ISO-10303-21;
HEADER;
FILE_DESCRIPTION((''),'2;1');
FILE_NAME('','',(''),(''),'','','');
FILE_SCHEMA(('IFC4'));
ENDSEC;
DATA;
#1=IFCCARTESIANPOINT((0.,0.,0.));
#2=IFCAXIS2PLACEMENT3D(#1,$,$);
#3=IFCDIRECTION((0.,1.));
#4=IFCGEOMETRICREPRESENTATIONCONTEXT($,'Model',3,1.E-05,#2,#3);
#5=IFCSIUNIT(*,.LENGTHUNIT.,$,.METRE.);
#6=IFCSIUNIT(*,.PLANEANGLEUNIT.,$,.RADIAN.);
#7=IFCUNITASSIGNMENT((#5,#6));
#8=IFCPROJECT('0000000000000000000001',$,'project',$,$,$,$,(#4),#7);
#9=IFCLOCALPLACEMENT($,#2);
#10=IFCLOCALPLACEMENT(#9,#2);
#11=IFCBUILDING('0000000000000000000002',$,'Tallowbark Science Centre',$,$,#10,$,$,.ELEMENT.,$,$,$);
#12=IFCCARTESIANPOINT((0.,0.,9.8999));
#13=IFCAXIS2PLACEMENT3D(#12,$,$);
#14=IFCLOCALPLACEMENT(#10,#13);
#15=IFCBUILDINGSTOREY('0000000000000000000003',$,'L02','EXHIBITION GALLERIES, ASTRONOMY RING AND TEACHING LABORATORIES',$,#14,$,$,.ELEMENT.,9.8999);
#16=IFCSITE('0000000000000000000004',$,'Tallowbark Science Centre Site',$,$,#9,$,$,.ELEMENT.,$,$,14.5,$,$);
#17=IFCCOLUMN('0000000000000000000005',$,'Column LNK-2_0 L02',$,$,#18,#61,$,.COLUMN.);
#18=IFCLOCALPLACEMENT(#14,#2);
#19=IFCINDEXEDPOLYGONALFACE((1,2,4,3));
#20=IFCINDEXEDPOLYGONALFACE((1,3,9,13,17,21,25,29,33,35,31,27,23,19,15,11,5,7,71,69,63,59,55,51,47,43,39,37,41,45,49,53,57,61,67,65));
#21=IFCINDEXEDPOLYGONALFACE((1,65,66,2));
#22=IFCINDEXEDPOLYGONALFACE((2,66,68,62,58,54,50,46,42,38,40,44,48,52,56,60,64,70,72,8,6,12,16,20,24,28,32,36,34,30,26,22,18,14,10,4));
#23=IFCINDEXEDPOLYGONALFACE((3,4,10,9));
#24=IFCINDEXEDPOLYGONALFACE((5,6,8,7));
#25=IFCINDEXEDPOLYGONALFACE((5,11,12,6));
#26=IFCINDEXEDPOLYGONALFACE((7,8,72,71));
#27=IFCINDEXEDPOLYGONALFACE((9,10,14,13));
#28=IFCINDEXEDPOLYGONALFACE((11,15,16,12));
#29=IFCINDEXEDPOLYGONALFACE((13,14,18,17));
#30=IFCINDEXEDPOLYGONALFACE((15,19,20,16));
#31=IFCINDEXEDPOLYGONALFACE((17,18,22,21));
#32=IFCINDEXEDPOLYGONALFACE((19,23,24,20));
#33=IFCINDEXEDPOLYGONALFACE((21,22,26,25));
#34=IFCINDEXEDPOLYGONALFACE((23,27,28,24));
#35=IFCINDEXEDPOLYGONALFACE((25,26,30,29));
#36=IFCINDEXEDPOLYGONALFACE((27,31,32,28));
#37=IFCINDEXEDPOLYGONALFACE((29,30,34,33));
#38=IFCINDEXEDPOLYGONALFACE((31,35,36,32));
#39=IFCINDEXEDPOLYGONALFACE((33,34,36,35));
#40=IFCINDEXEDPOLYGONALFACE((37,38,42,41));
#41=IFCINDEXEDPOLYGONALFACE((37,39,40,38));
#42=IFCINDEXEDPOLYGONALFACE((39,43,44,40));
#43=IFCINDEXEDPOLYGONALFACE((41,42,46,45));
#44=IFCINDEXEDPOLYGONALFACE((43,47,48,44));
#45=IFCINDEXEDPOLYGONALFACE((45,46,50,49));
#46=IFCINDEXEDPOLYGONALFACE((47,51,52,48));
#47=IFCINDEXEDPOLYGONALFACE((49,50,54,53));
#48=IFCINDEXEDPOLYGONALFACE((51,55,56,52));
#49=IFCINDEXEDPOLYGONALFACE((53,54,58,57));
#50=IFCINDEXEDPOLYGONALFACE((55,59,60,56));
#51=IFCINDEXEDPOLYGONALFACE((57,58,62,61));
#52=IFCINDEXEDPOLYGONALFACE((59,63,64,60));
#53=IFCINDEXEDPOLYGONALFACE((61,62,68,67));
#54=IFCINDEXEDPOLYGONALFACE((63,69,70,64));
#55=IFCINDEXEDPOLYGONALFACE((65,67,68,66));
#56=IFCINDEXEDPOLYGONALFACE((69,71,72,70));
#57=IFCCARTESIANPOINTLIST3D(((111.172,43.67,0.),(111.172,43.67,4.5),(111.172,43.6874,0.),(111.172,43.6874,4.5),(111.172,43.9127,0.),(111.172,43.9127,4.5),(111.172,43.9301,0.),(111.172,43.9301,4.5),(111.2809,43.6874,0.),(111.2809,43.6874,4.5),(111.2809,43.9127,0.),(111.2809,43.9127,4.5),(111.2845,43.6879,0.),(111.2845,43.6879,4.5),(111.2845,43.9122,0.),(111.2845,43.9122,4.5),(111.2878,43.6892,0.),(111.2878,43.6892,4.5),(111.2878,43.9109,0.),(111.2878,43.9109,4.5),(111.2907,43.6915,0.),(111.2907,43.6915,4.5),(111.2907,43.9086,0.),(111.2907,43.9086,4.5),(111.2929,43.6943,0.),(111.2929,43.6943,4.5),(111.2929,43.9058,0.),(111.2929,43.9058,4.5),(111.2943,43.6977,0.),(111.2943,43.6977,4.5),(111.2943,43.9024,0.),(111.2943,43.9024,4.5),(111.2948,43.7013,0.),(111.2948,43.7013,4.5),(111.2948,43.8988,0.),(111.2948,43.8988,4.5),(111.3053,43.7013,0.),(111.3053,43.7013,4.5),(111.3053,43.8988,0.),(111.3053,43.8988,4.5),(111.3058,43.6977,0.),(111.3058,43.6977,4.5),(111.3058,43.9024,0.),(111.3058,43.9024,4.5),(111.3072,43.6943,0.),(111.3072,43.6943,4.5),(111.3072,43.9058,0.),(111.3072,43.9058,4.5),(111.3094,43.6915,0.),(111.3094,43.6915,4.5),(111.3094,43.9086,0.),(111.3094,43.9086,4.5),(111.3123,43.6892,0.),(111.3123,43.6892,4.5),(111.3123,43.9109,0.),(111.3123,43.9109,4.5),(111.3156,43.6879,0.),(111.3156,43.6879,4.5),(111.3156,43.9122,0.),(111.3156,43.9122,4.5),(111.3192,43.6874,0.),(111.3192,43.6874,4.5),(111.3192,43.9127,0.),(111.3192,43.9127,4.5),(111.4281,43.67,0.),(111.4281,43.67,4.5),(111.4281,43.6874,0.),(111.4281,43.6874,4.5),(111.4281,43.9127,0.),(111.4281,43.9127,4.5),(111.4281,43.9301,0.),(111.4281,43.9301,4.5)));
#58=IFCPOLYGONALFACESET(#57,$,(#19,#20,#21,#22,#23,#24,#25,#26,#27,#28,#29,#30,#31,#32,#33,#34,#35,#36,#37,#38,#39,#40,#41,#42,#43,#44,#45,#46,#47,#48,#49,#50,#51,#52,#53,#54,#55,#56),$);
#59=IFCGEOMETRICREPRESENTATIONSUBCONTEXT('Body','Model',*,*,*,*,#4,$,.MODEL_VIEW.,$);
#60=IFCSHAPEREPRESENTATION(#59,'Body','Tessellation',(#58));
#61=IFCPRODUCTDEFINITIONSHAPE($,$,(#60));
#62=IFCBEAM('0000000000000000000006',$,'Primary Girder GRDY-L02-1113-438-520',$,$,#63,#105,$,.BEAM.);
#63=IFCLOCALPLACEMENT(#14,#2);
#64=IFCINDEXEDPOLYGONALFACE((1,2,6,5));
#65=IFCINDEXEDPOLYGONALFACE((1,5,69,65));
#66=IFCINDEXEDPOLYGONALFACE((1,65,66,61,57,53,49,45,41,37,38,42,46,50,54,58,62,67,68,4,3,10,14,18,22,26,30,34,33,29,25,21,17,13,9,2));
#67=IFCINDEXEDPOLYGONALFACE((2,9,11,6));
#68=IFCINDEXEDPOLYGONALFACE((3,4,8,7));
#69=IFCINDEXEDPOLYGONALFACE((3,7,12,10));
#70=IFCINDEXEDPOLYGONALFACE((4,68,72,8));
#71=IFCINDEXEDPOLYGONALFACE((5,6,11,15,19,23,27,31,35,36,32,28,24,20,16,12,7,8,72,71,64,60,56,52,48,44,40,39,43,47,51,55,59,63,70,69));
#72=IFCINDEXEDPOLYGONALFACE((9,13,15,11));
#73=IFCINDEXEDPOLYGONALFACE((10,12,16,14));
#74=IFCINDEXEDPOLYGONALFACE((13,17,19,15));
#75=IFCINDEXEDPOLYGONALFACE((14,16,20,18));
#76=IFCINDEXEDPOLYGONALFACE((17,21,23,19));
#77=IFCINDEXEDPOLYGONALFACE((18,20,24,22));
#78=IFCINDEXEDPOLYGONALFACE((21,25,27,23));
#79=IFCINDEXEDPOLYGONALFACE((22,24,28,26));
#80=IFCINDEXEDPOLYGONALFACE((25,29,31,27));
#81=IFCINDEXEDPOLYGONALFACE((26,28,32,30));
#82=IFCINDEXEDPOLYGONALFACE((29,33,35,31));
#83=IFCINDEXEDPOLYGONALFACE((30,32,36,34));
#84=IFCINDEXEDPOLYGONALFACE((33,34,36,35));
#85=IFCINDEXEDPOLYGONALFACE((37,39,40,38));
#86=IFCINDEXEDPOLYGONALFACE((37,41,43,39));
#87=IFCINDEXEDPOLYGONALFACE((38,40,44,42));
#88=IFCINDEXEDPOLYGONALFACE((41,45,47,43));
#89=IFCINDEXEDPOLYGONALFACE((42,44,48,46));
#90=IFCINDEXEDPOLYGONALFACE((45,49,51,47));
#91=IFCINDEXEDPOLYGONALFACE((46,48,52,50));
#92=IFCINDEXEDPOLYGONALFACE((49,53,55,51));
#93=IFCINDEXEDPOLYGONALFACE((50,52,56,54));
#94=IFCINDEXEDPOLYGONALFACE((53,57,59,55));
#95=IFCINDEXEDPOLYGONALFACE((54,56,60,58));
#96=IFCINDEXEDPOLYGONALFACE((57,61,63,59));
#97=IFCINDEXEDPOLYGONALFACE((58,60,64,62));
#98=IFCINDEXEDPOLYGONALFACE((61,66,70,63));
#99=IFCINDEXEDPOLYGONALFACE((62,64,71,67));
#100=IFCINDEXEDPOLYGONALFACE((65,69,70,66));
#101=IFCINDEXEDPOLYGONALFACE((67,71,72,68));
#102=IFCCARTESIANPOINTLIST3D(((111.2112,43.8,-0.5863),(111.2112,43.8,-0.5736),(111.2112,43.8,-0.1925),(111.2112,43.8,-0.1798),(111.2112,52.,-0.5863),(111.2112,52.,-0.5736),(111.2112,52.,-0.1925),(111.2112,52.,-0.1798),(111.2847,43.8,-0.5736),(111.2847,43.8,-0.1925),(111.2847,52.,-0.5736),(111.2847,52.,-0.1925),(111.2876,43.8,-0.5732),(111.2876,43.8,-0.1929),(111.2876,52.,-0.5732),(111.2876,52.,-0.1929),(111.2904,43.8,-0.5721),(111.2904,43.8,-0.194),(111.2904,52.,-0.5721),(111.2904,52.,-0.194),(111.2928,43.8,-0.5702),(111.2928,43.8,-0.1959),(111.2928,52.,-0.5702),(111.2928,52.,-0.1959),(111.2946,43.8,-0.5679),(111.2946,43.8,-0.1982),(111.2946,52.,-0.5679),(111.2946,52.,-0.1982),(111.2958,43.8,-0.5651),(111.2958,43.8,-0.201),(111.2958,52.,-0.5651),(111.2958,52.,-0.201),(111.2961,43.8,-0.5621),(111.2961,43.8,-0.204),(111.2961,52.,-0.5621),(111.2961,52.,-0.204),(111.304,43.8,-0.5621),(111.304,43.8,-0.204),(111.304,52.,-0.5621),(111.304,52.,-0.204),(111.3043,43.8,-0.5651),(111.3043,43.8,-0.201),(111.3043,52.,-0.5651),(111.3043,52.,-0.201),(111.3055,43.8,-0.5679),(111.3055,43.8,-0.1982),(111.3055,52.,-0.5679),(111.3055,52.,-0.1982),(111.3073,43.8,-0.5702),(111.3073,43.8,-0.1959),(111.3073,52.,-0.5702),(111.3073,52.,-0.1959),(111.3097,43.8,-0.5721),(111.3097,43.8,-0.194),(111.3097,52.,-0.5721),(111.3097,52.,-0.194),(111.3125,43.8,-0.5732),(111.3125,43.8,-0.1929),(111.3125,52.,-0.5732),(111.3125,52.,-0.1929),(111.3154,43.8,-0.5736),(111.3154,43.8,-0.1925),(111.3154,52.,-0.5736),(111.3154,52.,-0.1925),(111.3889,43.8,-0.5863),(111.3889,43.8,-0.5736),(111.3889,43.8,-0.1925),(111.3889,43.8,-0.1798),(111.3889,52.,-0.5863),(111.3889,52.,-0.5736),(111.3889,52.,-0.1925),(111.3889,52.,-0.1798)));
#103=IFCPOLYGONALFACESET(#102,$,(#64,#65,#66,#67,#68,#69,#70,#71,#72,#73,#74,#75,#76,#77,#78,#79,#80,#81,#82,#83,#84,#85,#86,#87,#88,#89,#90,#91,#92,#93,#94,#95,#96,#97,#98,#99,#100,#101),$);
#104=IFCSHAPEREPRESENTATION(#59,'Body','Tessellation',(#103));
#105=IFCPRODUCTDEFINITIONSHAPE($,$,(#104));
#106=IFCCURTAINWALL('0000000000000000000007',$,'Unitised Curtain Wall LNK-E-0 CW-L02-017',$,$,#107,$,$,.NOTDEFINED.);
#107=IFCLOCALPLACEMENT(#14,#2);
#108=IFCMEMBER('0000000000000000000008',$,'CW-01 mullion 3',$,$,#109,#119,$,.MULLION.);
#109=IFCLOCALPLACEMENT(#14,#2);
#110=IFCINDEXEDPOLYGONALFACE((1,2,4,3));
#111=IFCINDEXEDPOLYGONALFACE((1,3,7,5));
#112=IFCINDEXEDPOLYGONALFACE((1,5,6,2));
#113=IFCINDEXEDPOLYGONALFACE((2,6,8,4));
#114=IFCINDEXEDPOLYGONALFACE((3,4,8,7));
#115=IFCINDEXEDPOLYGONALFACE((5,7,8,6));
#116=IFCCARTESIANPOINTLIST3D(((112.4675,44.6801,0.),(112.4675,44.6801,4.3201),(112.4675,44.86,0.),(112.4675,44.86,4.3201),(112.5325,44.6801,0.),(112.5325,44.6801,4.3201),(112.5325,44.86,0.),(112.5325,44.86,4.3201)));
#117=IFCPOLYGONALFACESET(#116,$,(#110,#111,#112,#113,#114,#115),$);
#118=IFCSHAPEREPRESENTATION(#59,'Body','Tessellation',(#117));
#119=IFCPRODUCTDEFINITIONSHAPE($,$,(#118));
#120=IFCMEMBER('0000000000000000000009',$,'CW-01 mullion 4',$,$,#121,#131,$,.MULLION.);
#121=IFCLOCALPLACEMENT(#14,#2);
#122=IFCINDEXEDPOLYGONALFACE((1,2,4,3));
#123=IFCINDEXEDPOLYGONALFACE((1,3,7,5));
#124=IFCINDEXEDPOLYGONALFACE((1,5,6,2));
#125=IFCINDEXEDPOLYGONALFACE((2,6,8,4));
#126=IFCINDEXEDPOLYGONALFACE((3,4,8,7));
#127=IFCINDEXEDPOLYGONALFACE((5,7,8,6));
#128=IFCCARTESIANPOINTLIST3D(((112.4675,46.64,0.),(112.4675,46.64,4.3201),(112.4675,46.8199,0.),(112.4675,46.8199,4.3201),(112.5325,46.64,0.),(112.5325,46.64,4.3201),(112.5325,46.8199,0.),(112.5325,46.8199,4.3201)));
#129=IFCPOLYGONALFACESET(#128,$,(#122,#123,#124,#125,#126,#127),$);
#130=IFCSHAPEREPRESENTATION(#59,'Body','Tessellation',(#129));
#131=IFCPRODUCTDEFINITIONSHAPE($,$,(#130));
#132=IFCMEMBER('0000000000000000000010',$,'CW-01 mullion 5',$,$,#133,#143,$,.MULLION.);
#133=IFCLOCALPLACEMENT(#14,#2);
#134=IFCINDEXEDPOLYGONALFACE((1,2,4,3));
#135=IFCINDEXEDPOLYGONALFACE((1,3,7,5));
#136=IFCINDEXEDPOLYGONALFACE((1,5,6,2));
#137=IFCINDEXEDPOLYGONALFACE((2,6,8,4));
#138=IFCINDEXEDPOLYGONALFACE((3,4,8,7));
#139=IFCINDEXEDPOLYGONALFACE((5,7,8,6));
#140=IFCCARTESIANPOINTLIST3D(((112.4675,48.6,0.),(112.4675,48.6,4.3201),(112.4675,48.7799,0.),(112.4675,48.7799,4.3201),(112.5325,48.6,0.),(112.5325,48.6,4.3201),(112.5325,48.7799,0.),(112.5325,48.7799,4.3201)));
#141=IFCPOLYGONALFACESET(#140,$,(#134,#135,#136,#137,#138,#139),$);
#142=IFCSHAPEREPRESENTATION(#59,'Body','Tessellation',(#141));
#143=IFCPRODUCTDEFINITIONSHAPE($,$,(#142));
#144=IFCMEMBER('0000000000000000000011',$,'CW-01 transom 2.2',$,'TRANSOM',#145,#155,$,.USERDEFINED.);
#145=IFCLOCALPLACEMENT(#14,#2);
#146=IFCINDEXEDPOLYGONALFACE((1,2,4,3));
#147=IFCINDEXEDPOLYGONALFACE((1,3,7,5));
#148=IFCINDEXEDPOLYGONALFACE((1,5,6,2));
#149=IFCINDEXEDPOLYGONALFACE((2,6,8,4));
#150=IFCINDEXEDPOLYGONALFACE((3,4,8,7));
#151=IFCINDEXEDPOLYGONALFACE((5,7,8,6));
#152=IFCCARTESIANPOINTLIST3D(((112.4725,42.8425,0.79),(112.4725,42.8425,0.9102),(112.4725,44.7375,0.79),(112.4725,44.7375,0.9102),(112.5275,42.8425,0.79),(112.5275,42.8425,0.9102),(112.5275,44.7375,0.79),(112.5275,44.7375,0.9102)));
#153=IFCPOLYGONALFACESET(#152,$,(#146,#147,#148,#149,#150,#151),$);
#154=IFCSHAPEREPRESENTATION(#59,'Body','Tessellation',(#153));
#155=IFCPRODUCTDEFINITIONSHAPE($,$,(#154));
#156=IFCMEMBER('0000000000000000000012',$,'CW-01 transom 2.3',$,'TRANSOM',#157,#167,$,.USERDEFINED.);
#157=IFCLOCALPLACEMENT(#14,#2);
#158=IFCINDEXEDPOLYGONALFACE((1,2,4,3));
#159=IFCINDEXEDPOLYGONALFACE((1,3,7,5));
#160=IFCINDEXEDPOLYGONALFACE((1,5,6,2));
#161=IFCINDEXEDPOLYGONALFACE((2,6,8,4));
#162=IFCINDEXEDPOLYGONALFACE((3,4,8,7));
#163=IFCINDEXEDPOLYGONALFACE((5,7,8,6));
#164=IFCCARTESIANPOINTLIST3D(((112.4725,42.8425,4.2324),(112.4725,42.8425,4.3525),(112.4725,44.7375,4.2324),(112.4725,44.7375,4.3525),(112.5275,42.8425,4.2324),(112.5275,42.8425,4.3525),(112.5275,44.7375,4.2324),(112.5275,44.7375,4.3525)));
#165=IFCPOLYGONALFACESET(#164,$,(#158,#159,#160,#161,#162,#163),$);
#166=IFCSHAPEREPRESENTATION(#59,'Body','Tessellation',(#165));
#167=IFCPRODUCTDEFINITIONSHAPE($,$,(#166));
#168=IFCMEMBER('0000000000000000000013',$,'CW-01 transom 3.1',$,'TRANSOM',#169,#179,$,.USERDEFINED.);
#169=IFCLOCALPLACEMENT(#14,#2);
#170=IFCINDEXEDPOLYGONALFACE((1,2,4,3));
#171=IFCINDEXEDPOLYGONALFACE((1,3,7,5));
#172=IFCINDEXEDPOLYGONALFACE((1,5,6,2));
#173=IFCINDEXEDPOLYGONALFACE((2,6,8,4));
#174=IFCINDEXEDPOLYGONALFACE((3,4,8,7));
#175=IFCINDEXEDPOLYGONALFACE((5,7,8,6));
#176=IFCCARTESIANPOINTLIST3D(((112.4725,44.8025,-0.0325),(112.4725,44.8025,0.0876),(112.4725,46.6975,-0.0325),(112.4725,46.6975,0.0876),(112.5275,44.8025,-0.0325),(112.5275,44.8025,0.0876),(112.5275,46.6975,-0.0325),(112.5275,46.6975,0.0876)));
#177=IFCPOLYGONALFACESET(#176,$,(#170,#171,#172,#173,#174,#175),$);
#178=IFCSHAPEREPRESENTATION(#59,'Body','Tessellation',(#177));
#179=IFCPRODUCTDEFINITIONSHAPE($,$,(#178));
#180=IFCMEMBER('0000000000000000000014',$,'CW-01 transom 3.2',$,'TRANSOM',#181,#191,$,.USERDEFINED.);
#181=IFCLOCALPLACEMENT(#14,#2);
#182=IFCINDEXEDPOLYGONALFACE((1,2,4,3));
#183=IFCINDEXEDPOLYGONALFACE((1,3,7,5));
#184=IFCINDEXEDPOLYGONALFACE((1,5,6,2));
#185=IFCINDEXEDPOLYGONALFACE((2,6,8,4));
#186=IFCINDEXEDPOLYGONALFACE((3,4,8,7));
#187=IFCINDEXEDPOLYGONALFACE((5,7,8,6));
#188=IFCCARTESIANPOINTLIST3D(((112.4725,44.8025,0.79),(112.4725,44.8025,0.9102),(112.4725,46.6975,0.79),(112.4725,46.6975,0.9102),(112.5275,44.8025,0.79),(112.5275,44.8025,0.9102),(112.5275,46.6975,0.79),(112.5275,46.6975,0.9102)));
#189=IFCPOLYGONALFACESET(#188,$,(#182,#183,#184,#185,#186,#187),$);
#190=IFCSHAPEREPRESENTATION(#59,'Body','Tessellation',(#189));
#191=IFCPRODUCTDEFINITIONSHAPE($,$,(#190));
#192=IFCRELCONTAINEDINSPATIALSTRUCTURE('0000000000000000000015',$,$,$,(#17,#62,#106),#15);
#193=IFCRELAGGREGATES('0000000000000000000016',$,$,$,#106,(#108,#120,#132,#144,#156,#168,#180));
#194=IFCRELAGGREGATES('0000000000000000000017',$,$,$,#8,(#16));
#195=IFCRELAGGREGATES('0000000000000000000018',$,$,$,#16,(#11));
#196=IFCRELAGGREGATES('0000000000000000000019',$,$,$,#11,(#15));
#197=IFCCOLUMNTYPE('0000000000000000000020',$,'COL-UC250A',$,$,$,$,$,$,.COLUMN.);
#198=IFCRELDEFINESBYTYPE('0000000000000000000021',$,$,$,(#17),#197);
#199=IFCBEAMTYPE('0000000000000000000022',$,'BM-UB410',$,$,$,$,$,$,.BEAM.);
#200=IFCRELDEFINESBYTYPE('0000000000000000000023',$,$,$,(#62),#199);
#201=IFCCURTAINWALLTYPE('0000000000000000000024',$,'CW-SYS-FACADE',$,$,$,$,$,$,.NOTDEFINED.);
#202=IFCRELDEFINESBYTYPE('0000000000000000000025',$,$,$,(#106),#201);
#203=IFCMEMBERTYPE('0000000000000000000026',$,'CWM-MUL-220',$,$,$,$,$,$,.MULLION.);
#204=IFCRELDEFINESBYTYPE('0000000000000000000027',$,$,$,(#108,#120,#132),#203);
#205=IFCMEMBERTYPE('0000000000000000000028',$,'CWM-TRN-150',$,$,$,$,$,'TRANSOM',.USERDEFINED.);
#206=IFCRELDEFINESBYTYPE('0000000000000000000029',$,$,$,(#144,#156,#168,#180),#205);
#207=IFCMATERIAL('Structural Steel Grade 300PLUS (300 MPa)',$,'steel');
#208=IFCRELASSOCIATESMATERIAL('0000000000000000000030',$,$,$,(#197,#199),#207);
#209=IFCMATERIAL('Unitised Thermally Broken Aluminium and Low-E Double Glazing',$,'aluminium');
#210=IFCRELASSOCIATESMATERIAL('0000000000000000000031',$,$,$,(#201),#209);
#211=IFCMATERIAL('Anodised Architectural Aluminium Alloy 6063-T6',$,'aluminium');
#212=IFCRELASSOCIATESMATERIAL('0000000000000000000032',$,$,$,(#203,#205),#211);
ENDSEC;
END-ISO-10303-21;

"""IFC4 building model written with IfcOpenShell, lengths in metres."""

from ifc_helpers import new_model, si_unit, direction, frame, origin, origin_2d, place, context, subcontext, project, spatial, rectangle, i_section, extrude, material, material_profile, profile_set, type_object, element, aggregate, save


model = new_model("IFC4")

# Units and contexts
model_context = context("Model", 3, precision=1e-05, world=origin(), true_north=direction((0.0, 1.0)))
body_context = subcontext(model_context, "Body", "Model", "MODEL_VIEW")
ifc_project = project(units=[si_unit("LENGTHUNIT", "METRE"), si_unit("PLANEANGLEUNIT", "RADIAN")], contexts=[model_context])

# Site, building, storey
site_placement = place(None, origin())
site = spatial("IfcSite", under=ifc_project, at=site_placement, Name="Tallowbark Science Centre Site", CompositionType="ELEMENT", RefElevation=14.5)
building_placement = place(site_placement, origin())
building = spatial("IfcBuilding", under=site, at=building_placement, Name="Tallowbark Science Centre", CompositionType="ELEMENT")
storey_placement = place(building_placement, frame((0.0, 0.0, 9.8999)))
storey = spatial("IfcBuildingStorey", under=building, at=storey_placement, Name="L02", Description="EXHIBITION GALLERIES, ASTRONOMY RING AND TEACHING LABORATORIES", CompositionType="ELEMENT", Elevation=9.8999)

# Column
ifc_material_1 = material(Name="Structural Steel Grade 300PLUS (300 MPa)", Category="steel")
ifc_material_profile_1 = material_profile(ifc_material_1, i_section(OverallWidth=0.2561, OverallDepth=0.26, WebThickness=0.0105, FlangeThickness=0.0173, FilletRadius=0.0139, at=origin_2d()), Name="250UC89.5")
ifc_profile_set_1 = profile_set([ifc_material_profile_1], Name="Structural Steel Grade 300PLUS (300 MPa)")
column_type = type_object("IfcColumnType", Name="COL-UC250A", PredefinedType="COLUMN", material=ifc_profile_set_1)
column_placement = place(storey_placement, frame((111.3, 43.8, 0.0), z_axis=(0.0, 0.0, 1.0), x_axis=(1.0, 0.0, 0.0)))
element("IfcColumn", 1, at=column_placement, inside=storey, type_object=column_type, Name="Column LNK-2_0 L02", PredefinedType="COLUMN", context=body_context, shape_type="SweptSolid", body=[
    extrude(i_section(OverallWidth=0.2561, OverallDepth=0.26, WebThickness=0.0105, FlangeThickness=0.0173, FilletRadius=0.0139, at=origin_2d()), origin(), (0.0, 0.0, 1.0), 4.5),
])

# Beam
ifc_material_profile_2 = material_profile(ifc_material_1, i_section(OverallWidth=0.1777, OverallDepth=0.4065, WebThickness=0.0078, FlangeThickness=0.0127, FilletRadius=0.0115, at=origin_2d()), Name="410UB59.7")
ifc_profile_set_2 = profile_set([ifc_material_profile_2], Name="Structural Steel Grade 300PLUS (300 MPa)")
beam_type = type_object("IfcBeamType", Name="BM-UB410", PredefinedType="BEAM", material=ifc_profile_set_2)
beam_placement = place(storey_placement, frame((111.3, 43.8, -0.3831), z_axis=(0.0, 1.0, 0.0), x_axis=(-1.0, 0.0, 0.0)))
element("IfcBeam", 2, at=beam_placement, inside=storey, type_object=beam_type, Name="Primary Girder GRDY-L02-1113-438-520", PredefinedType="BEAM", context=body_context, shape_type="SweptSolid", body=[
    extrude(i_section(OverallWidth=0.1777, OverallDepth=0.4065, WebThickness=0.0078, FlangeThickness=0.0127, FilletRadius=0.0115, at=origin_2d()), origin(), (0.0, 0.0, 1.0), 8.2),
])

# Curtain wall, members
ifc_material_2 = material(Name="Unitised Thermally Broken Aluminium and Low-E Double Glazing", Category="aluminium")
curtain_wall_type = type_object("IfcCurtainWallType", Name="CW-SYS-FACADE", PredefinedType="NOTDEFINED", material=ifc_material_2)
curtain_wall_placement = place(storey_placement, origin())
curtain_wall = element("IfcCurtainWall", 3, at=curtain_wall_placement, inside=storey, type_object=curtain_wall_type, Name="Unitised Curtain Wall LNK-E-0 CW-L02-017", PredefinedType="NOTDEFINED")
ifc_material_3 = material(Name="Anodised Architectural Aluminium Alloy 6063-T6", Category="aluminium")
ifc_material_profile_3 = material_profile(ifc_material_3, rectangle(XDim=0.0649, YDim=0.1799, at=origin_2d()), Name="ALU65x180")
ifc_profile_set_3 = profile_set([ifc_material_profile_3], Name="Anodised Architectural Aluminium Alloy 6063-T6")
member_type_1 = type_object("IfcMemberType", Name="CWM-MUL-220", PredefinedType="MULLION", material=ifc_profile_set_3)
member_1_placement = place(storey_placement, frame((112.5, 44.77, 0.0), z_axis=(0.0, 0.0, 1.0), x_axis=(-1.0, 0.0, 0.0)))
member_1 = element("IfcMember", 4, at=member_1_placement, type_object=member_type_1, Name="CW-01 mullion 3", PredefinedType="MULLION", context=body_context, shape_type="SweptSolid", body=[
    extrude(rectangle(XDim=0.0649, YDim=0.1799, at=origin_2d()), origin(), (0.0, 0.0, 1.0), 4.3201),
])
member_2_placement = place(storey_placement, frame((112.5, 46.73, 0.0), z_axis=(0.0, 0.0, 1.0), x_axis=(-1.0, 0.0, 0.0)))
member_2 = element("IfcMember", 5, at=member_2_placement, type_object=member_type_1, Name="CW-01 mullion 4", PredefinedType="MULLION", context=body_context, shape_type="SweptSolid", body=[
    extrude(rectangle(XDim=0.0649, YDim=0.1799, at=origin_2d()), origin(), (0.0, 0.0, 1.0), 4.3201),
])
member_3_placement = place(storey_placement, frame((112.5, 48.6899, 0.0), z_axis=(0.0, 0.0, 1.0), x_axis=(-1.0, 0.0, 0.0)))
member_3 = element("IfcMember", 6, at=member_3_placement, type_object=member_type_1, Name="CW-01 mullion 5", PredefinedType="MULLION", context=body_context, shape_type="SweptSolid", body=[
    extrude(rectangle(XDim=0.0649, YDim=0.1799, at=origin_2d()), origin(), (0.0, 0.0, 1.0), 4.3201),
])
ifc_material_profile_4 = material_profile(ifc_material_3, rectangle(XDim=0.0549, YDim=0.1201, at=origin_2d()), Name="ALU55x120")
ifc_profile_set_4 = profile_set([ifc_material_profile_4], Name="Anodised Architectural Aluminium Alloy 6063-T6")
member_type_2 = type_object("IfcMemberType", Name="CWM-TRN-150", ElementType="TRANSOM", PredefinedType="USERDEFINED", material=ifc_profile_set_4)
member_4_placement = place(storey_placement, frame((112.5, 42.8425, 0.8501), z_axis=(0.0, 1.0, 0.0), x_axis=(-1.0, 0.0, 0.0)))
member_4 = element("IfcMember", 7, at=member_4_placement, type_object=member_type_2, Name="CW-01 transom 2.2", ObjectType="TRANSOM", PredefinedType="USERDEFINED", context=body_context, shape_type="SweptSolid", body=[
    extrude(rectangle(XDim=0.0549, YDim=0.1201, at=origin_2d()), origin(), (0.0, 0.0, 1.0), 1.895),
])
member_5_placement = place(storey_placement, frame((112.5, 42.8425, 4.2925), z_axis=(0.0, 1.0, 0.0), x_axis=(-1.0, 0.0, 0.0)))
member_5 = element("IfcMember", 8, at=member_5_placement, type_object=member_type_2, Name="CW-01 transom 2.3", ObjectType="TRANSOM", PredefinedType="USERDEFINED", context=body_context, shape_type="SweptSolid", body=[
    extrude(rectangle(XDim=0.0549, YDim=0.1201, at=origin_2d()), origin(), (0.0, 0.0, 1.0), 1.895),
])
member_6_placement = place(storey_placement, frame((112.5, 44.8025, 0.0276), z_axis=(0.0, 1.0, 0.0), x_axis=(-1.0, 0.0, 0.0)))
member_6 = element("IfcMember", 9, at=member_6_placement, type_object=member_type_2, Name="CW-01 transom 3.1", ObjectType="TRANSOM", PredefinedType="USERDEFINED", context=body_context, shape_type="SweptSolid", body=[
    extrude(rectangle(XDim=0.0549, YDim=0.1201, at=origin_2d()), origin(), (0.0, 0.0, 1.0), 1.895),
])
member_7_placement = place(storey_placement, frame((112.5, 44.8025, 0.8501), z_axis=(0.0, 1.0, 0.0), x_axis=(-1.0, 0.0, 0.0)))
member_7 = element("IfcMember", 10, at=member_7_placement, type_object=member_type_2, Name="CW-01 transom 3.2", ObjectType="TRANSOM", PredefinedType="USERDEFINED", context=body_context, shape_type="SweptSolid", body=[
    extrude(rectangle(XDim=0.0549, YDim=0.1201, at=origin_2d()), origin(), (0.0, 0.0, 1.0), 1.895),
])
aggregate(curtain_wall, [member_1, member_2, member_3, member_4, member_5, member_6, member_7])

save(model, "model.ifc")
